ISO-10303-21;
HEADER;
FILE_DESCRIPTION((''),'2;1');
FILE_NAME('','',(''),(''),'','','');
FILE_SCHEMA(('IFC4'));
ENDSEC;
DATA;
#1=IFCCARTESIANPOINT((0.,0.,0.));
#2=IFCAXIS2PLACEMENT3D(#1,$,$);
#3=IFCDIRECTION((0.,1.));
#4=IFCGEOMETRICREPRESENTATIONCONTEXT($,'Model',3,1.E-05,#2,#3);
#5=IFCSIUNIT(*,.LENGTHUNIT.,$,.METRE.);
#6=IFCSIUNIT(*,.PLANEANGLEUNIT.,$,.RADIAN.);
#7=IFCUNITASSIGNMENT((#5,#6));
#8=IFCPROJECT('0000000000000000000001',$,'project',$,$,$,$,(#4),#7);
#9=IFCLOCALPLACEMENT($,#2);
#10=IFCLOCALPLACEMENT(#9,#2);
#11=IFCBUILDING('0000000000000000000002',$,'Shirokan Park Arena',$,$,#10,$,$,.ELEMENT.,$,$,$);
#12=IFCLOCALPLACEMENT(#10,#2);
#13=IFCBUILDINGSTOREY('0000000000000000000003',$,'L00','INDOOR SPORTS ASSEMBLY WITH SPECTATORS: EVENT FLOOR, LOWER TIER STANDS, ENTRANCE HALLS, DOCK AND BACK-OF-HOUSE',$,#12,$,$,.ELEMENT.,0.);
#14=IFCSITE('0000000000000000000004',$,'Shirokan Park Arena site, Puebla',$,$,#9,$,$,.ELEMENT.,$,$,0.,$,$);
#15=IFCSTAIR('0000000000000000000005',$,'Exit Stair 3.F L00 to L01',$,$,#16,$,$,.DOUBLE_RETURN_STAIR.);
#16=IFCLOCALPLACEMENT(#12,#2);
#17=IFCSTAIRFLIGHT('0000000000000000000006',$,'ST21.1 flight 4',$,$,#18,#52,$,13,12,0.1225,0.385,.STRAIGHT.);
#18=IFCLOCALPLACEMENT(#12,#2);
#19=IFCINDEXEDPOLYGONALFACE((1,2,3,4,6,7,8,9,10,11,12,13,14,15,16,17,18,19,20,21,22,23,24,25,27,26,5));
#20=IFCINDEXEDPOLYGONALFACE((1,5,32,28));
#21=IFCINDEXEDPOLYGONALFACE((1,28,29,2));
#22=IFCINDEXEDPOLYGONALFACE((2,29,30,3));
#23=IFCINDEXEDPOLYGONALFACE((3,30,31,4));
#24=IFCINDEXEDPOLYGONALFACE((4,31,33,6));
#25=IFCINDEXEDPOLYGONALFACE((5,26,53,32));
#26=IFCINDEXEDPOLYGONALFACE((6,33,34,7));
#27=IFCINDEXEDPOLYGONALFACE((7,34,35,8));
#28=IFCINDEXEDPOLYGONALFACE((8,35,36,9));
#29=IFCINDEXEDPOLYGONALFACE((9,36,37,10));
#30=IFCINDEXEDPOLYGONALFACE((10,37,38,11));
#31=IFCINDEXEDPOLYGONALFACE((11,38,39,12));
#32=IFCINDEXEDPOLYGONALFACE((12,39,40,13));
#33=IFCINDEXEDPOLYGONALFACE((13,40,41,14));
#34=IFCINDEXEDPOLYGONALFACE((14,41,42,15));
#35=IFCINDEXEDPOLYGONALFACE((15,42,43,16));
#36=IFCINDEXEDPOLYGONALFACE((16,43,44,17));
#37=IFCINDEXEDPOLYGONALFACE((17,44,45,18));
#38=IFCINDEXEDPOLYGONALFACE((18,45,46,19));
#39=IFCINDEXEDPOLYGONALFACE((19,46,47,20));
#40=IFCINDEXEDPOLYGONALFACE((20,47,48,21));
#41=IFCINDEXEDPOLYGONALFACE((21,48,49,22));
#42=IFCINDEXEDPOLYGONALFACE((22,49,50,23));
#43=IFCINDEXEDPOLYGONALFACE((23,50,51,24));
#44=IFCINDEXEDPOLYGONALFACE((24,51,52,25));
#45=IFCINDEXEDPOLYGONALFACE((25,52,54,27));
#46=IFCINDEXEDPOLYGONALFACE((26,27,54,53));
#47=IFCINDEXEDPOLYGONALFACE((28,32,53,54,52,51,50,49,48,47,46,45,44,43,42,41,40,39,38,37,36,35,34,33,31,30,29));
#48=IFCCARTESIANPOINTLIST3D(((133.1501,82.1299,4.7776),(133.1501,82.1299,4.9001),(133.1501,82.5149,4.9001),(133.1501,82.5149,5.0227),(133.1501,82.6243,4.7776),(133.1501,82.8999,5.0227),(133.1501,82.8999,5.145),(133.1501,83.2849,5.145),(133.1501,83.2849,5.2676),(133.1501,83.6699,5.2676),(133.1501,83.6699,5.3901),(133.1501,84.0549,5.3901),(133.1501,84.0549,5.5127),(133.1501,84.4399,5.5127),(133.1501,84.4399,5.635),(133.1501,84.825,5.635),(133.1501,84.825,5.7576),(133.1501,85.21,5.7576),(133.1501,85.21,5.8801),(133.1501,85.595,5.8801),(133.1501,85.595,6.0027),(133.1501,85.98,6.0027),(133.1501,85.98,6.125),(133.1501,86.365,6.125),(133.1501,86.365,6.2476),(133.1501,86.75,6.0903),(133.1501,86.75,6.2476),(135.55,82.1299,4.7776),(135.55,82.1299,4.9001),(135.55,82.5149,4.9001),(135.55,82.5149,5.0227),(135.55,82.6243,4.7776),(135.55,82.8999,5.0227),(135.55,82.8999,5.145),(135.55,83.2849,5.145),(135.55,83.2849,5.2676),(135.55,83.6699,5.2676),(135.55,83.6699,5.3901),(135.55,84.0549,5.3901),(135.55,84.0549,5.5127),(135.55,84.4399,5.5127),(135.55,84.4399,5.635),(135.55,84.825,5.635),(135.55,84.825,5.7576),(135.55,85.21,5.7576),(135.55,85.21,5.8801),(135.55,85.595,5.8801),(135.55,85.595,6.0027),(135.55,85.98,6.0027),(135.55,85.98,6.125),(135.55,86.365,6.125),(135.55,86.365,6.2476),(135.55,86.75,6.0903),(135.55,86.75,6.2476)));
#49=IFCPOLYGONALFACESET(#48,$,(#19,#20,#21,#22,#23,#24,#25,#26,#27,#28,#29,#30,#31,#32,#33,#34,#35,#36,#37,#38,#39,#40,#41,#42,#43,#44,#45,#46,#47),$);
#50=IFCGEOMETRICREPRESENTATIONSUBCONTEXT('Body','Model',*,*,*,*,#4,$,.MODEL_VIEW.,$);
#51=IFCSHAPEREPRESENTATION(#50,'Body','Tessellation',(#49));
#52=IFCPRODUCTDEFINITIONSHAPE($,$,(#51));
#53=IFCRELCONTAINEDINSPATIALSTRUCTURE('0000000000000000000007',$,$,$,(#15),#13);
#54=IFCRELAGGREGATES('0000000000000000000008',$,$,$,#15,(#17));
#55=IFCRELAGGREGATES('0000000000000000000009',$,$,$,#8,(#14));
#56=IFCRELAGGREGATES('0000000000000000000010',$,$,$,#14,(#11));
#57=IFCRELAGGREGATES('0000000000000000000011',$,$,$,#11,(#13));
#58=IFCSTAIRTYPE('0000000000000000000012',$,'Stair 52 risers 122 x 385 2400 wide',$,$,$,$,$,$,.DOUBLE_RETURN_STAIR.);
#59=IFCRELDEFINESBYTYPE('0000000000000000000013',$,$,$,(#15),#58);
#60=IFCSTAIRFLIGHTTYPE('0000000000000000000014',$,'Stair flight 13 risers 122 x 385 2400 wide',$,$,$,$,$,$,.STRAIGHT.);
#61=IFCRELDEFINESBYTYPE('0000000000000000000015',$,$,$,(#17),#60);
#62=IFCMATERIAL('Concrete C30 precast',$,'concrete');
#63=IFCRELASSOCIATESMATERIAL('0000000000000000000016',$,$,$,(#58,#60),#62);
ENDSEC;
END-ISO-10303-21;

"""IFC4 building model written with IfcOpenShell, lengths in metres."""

from ifc_helpers import new_model, si_unit, direction, frame, origin, place, context, subcontext, project, spatial, polyline, outline, extrude, material, type_object, element, aggregate, save


model = new_model("IFC4")

# Units and contexts
model_context = context("Model", 3, precision=1e-05, world=origin(), true_north=direction((0.0, 1.0)))
body_context = subcontext(model_context, "Body", "Model", "MODEL_VIEW")
ifc_project = project(units=[si_unit("LENGTHUNIT", "METRE"), si_unit("PLANEANGLEUNIT", "RADIAN")], contexts=[model_context])

# Site, building, storey
site_placement = place(None, origin())
site = spatial("IfcSite", under=ifc_project, at=site_placement, Name="Shirokan Park Arena site, Puebla", CompositionType="ELEMENT", RefElevation=0.0)
building_placement = place(site_placement, origin())
building = spatial("IfcBuilding", under=site, at=building_placement, Name="Shirokan Park Arena", CompositionType="ELEMENT")
storey_placement = place(building_placement, origin())
storey = spatial("IfcBuildingStorey", under=building, at=storey_placement, Name="L00", Description="INDOOR SPORTS ASSEMBLY WITH SPECTATORS: EVENT FLOOR, LOWER TIER STANDS, ENTRANCE HALLS, DOCK AND BACK-OF-HOUSE", CompositionType="ELEMENT", Elevation=0.0)

# Stair, stair flight
ifc_material_1 = material(Name="Concrete C30 precast", Category="concrete")
stair_type = type_object("IfcStairType", Name="Stair 52 risers 122 x 385 2400 wide", PredefinedType="DOUBLE_RETURN_STAIR", material=ifc_material_1)
stair_placement = place(storey_placement, origin())
stair = element("IfcStair", 1, at=stair_placement, inside=storey, type_object=stair_type, Name="Exit Stair 3.F L00 to L01", PredefinedType="DOUBLE_RETURN_STAIR")
stair_flight_type = type_object("IfcStairFlightType", Name="Stair flight 13 risers 122 x 385 2400 wide", PredefinedType="STRAIGHT", material=ifc_material_1)
stair_flight_1_placement = place(storey_placement, frame((134.3501, 82.1299, 4.7776), z_axis=(0.0, 0.0, 1.0), x_axis=(0.0, 1.0, 0.0)))
stair_flight_1 = element("IfcStairFlight", 2, at=stair_flight_1_placement, type_object=stair_flight_type, Name="ST21.1 flight 4", NumberOfRisers=13, NumberOfTreads=12, PredefinedType="STRAIGHT", RiserHeight=0.1225, TreadLength=0.385, context=body_context, shape_type="SweptSolid", body=[
    extrude(outline(polyline([(0.0, 0.0), (0.0, 0.1226), (0.385, 0.1226), (0.385, 0.2451), (0.77, 0.2451), (0.77, 0.3674), (1.155, 0.3674), (1.155, 0.49), (1.54, 0.49), (1.54, 0.6125), (1.925, 0.6125), (1.925, 0.7351), (2.3101, 0.7351), (2.3101, 0.8574), (2.6951, 0.8574), (2.6951, 0.98), (3.0801, 0.98), (3.0801, 1.1025), (3.4651, 1.1025), (3.4651, 1.2251), (3.8501, 1.2251), (3.8501, 1.3474), (4.2351, 1.3474), (4.2351, 1.47), (4.6201, 1.47), (4.6201, 1.5925), (4.6201, 1.3127), (0.4944, 0.0), (0.0, 0.0)])), frame((0.0, 1.2, 0.0), z_axis=(0.0, -1.0, 0.0), x_axis=(1.0, 0.0, 0.0)), (0.0, 0.0, 1.0), 2.3999),
])
aggregate(stair, [stair_flight_1])

save(model, "model.ifc")
